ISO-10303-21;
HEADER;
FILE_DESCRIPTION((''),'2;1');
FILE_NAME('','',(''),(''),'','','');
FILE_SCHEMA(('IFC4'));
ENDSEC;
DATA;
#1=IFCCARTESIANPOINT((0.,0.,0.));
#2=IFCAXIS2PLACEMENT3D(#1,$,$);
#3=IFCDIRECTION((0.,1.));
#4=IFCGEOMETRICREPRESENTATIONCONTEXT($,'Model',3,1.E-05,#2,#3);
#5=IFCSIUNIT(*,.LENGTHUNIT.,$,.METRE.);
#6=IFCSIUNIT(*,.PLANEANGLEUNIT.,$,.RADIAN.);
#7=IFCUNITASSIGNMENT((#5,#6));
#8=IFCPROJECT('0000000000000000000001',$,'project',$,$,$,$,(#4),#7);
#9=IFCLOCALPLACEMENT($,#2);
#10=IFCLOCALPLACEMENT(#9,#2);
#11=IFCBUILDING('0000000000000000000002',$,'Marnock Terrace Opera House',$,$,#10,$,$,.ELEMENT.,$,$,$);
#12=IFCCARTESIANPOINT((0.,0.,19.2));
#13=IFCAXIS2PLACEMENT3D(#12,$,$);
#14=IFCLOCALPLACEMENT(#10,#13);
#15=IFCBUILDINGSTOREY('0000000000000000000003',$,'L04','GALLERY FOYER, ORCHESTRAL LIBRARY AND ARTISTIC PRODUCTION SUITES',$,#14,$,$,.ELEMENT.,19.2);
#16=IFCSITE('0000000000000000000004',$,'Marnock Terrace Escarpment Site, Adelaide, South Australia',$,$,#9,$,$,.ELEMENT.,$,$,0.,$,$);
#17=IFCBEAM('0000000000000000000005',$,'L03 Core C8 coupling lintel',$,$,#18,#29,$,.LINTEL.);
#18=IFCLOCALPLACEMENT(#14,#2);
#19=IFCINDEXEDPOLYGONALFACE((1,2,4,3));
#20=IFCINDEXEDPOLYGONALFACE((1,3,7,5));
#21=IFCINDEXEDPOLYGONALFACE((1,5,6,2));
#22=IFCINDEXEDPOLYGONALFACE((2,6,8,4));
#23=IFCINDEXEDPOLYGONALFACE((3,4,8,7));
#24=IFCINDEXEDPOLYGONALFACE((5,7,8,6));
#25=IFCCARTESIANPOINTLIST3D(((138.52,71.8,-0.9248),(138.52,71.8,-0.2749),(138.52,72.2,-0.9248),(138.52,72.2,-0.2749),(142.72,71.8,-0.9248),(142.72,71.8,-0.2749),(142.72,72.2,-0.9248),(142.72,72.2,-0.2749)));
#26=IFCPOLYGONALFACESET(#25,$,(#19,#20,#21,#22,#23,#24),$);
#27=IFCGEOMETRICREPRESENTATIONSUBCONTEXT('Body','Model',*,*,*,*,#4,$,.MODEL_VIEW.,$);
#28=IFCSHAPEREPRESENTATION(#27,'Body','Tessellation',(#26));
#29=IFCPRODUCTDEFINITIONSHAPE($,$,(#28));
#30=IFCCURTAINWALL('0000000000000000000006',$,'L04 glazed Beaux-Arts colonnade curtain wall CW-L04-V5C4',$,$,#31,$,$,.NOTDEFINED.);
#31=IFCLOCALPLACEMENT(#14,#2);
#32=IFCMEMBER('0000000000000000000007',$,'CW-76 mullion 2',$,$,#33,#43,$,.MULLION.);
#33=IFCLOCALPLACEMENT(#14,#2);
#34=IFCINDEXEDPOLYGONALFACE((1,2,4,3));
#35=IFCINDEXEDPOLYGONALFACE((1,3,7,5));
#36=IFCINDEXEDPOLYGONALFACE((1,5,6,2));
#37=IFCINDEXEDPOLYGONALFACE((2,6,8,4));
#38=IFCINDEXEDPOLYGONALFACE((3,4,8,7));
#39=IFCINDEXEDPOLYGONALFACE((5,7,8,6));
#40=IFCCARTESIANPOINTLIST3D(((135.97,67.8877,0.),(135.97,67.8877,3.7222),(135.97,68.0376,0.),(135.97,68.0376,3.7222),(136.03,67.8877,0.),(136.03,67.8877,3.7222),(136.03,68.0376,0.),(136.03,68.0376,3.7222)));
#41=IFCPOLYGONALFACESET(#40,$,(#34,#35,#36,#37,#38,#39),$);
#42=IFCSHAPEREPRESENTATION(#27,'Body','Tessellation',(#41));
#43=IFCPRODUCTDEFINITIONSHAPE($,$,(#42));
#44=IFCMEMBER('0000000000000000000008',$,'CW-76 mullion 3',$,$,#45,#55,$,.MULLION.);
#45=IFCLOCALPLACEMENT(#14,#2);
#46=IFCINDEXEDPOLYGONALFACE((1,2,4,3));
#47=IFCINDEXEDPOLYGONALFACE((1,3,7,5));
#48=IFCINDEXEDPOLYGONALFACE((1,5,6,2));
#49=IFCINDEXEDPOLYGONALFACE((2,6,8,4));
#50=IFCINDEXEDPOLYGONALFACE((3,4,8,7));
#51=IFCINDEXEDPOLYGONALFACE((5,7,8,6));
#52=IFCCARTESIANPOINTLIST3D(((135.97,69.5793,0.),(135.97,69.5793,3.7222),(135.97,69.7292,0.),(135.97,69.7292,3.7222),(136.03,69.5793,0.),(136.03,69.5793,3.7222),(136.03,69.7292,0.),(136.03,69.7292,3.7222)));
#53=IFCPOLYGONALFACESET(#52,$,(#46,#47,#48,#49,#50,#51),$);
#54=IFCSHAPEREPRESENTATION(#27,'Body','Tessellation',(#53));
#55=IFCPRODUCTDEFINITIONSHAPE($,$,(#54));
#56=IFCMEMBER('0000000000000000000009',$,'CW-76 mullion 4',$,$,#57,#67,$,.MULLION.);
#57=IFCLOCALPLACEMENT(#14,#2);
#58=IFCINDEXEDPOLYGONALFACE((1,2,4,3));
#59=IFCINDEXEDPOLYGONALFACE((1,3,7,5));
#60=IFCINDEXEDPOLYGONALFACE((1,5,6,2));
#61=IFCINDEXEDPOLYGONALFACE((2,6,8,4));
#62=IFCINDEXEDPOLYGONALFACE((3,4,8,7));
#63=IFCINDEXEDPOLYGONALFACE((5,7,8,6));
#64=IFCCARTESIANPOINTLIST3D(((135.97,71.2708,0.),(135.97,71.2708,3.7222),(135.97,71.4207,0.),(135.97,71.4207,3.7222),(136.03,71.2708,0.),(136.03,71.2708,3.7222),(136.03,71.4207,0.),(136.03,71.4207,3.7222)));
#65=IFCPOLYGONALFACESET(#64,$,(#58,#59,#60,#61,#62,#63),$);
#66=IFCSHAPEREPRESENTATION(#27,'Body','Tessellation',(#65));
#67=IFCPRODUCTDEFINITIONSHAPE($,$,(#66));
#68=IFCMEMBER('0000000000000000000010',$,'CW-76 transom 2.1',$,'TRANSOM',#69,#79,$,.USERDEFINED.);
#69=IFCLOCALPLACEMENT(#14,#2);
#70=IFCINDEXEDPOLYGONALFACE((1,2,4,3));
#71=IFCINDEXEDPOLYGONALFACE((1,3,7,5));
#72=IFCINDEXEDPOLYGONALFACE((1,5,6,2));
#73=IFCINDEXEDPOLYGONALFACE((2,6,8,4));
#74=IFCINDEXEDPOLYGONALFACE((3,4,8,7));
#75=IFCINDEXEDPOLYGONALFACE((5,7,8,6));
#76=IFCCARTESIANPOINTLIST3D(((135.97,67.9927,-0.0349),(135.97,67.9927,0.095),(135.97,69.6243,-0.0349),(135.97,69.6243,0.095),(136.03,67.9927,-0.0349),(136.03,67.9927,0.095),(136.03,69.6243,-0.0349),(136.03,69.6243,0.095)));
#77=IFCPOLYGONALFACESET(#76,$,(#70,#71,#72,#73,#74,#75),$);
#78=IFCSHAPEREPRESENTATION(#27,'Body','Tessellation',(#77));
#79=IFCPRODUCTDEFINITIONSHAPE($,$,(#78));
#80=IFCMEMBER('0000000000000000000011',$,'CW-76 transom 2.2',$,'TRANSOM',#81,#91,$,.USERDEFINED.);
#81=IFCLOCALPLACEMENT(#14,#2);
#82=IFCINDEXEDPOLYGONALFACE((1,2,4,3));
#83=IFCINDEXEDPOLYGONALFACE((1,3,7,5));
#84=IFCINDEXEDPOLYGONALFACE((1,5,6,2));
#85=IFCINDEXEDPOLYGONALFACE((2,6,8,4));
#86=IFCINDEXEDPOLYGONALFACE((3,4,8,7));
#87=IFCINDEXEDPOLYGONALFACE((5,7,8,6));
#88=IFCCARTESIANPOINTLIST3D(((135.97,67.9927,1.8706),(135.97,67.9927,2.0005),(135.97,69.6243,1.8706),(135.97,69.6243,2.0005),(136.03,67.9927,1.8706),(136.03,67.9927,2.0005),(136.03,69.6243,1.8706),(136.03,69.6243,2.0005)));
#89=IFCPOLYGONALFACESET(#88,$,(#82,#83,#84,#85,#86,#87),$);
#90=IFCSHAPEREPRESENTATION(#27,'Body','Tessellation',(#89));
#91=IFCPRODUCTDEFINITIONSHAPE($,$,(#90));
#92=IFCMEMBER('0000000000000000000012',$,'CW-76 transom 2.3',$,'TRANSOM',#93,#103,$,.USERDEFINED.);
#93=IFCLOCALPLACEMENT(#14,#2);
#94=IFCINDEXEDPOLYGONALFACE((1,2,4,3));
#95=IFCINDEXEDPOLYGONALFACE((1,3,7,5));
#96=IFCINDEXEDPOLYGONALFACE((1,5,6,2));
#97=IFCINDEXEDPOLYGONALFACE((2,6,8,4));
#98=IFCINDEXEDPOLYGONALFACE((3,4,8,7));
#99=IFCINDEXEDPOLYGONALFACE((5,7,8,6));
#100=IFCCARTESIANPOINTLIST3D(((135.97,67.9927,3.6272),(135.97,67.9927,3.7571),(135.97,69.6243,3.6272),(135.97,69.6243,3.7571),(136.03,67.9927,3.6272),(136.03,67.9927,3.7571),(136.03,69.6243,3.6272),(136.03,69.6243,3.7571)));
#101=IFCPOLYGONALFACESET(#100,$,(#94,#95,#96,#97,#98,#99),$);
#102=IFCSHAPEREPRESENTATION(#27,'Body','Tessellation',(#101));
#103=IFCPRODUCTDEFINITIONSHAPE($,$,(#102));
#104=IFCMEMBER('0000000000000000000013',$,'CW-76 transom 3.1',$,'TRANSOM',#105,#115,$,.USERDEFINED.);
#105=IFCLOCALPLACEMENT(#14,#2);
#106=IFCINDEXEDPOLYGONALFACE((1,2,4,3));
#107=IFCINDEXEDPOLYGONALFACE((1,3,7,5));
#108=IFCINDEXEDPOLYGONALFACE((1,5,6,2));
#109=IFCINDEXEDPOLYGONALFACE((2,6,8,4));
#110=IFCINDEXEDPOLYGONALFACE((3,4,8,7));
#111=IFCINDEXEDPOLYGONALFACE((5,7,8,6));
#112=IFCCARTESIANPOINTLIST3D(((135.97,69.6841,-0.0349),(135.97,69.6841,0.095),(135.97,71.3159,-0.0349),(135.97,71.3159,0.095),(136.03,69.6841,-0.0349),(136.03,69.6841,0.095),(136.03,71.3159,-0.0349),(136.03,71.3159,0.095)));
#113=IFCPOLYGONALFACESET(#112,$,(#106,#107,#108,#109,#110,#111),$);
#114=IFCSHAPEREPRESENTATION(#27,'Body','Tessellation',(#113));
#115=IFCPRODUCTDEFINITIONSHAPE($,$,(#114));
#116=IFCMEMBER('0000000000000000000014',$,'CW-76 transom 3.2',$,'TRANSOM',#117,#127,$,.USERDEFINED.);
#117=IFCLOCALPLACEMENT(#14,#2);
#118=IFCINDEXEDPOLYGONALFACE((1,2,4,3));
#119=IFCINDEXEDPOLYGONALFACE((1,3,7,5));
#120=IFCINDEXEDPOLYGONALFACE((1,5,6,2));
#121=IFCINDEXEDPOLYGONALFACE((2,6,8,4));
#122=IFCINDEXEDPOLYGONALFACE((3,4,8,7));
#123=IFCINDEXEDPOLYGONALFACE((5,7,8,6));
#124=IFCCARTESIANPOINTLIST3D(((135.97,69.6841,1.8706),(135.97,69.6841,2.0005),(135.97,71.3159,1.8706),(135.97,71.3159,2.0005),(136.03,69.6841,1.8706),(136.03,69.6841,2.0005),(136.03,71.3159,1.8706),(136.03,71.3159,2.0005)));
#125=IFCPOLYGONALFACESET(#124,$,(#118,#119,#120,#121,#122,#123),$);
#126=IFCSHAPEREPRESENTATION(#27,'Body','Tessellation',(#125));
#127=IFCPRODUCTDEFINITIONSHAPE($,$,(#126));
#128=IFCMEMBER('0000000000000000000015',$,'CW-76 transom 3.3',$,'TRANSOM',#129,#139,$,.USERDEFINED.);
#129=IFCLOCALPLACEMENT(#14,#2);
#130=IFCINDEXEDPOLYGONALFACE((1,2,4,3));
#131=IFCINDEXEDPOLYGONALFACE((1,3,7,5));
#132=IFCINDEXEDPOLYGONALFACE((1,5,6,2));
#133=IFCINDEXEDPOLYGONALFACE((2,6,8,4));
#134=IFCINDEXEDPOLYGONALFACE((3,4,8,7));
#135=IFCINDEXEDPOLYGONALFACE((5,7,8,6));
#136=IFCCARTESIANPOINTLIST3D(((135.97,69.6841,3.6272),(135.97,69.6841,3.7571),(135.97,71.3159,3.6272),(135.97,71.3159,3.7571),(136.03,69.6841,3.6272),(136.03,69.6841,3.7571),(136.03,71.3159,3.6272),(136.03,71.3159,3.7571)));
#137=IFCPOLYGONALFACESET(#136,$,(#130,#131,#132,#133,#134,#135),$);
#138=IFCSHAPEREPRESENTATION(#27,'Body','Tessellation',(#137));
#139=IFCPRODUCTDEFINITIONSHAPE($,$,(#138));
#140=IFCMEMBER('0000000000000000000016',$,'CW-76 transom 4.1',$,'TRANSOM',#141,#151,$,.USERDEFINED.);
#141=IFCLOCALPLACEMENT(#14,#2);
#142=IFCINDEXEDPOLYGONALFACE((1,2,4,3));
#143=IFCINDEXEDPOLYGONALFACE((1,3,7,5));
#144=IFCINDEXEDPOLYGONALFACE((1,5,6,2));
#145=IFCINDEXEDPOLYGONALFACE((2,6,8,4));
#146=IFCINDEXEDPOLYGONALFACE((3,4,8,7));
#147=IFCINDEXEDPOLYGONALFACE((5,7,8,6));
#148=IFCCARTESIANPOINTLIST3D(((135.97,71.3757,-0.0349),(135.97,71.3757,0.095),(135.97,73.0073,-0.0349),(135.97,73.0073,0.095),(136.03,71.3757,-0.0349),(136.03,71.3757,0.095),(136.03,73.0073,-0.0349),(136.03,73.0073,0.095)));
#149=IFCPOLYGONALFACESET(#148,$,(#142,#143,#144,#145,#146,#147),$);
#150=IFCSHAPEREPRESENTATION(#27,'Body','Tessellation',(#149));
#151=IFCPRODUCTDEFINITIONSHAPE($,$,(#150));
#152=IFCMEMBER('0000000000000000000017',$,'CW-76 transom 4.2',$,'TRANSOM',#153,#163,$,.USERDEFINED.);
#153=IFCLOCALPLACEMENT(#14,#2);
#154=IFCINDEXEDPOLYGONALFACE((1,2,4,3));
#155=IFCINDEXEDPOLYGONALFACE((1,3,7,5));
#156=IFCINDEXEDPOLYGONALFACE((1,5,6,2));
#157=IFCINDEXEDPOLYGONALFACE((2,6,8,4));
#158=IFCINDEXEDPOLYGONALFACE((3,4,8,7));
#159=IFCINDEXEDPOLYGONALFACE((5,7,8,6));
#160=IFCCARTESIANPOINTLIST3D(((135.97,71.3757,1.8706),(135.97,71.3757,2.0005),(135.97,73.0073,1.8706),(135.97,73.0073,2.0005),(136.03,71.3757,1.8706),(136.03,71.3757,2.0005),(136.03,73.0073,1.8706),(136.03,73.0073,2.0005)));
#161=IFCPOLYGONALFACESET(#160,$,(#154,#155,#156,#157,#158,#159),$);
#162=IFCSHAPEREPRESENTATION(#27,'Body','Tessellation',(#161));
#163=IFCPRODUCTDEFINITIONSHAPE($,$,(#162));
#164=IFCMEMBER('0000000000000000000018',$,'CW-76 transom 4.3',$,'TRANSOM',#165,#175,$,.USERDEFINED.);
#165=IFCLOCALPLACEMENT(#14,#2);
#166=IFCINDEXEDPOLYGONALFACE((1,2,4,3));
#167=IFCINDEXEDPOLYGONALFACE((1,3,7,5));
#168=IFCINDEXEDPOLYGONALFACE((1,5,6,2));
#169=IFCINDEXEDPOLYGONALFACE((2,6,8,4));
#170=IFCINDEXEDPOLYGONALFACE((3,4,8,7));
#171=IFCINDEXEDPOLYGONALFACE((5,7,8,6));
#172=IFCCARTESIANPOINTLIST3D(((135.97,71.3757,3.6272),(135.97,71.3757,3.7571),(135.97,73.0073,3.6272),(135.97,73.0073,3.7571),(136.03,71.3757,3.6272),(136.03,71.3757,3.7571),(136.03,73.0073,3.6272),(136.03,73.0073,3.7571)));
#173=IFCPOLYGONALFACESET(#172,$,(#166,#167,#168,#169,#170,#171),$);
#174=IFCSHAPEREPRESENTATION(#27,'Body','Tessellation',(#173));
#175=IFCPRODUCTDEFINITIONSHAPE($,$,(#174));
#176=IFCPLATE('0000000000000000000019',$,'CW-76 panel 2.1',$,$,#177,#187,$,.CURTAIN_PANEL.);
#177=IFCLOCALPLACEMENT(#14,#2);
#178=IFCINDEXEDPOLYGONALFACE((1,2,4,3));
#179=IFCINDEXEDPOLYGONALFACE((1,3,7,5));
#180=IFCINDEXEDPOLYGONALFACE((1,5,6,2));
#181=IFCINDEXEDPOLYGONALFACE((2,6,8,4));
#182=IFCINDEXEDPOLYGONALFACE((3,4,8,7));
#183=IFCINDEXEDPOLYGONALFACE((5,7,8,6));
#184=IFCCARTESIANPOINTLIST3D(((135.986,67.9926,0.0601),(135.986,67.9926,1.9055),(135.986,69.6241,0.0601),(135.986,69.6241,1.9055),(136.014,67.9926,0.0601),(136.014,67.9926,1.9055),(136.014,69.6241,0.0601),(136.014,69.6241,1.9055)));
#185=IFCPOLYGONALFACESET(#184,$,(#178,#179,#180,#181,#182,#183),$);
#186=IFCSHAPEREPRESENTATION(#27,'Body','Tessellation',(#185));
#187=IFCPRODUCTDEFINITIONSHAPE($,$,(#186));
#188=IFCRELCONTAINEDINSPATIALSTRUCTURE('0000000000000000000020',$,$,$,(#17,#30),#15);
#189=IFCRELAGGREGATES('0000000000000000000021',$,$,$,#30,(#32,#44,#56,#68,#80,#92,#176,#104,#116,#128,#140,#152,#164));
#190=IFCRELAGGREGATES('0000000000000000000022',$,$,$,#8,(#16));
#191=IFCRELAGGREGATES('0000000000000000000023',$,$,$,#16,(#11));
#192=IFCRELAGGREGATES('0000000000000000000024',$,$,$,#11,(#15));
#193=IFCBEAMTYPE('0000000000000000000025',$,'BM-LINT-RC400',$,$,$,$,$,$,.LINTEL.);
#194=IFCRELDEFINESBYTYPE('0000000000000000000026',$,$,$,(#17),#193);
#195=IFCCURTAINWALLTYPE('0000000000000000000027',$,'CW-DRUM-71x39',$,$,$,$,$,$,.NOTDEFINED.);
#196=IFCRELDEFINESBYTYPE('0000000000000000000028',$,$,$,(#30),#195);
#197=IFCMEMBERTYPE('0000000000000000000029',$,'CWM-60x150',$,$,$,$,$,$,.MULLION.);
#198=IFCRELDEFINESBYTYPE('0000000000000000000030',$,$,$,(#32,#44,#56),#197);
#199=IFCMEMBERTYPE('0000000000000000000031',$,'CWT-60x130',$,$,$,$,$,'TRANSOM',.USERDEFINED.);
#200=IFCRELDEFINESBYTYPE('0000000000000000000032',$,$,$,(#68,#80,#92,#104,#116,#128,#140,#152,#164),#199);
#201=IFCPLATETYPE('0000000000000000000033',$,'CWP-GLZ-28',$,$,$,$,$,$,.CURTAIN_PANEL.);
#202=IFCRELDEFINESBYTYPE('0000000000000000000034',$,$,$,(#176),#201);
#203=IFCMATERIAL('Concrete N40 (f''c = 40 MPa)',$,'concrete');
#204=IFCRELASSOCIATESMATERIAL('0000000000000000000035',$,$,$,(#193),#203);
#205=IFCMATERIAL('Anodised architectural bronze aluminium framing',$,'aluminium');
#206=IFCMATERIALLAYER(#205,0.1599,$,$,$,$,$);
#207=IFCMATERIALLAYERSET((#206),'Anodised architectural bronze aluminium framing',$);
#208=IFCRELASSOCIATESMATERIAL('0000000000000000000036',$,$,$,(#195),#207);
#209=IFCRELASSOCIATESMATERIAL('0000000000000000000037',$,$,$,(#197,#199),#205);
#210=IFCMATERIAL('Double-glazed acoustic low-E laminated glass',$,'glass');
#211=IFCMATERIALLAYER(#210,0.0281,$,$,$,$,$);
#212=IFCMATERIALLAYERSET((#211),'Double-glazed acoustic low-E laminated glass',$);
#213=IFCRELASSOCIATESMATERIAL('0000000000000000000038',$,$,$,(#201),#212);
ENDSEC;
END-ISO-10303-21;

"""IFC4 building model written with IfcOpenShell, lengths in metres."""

from ifc_helpers import new_model, si_unit, direction, frame, origin, origin_2d, place, context, subcontext, project, spatial, rectangle, extrude, material, layer, layer_set, material_profile, profile_set, type_object, element, aggregate, save


model = new_model("IFC4")

# Units and contexts
model_context = context("Model", 3, precision=1e-05, world=origin(), true_north=direction((0.0, 1.0)))
body_context = subcontext(model_context, "Body", "Model", "MODEL_VIEW")
ifc_project = project(units=[si_unit("LENGTHUNIT", "METRE"), si_unit("PLANEANGLEUNIT", "RADIAN")], contexts=[model_context])

# Site, building, storey
site_placement = place(None, origin())
site = spatial("IfcSite", under=ifc_project, at=site_placement, Name="Marnock Terrace Escarpment Site, Adelaide, South Australia", CompositionType="ELEMENT", RefElevation=0.0)
building_placement = place(site_placement, origin())
building = spatial("IfcBuilding", under=site, at=building_placement, Name="Marnock Terrace Opera House", CompositionType="ELEMENT")
storey_placement = place(building_placement, frame((0.0, 0.0, 19.2)))
storey = spatial("IfcBuildingStorey", under=building, at=storey_placement, Name="L04", Description="GALLERY FOYER, ORCHESTRAL LIBRARY AND ARTISTIC PRODUCTION SUITES", CompositionType="ELEMENT", Elevation=19.2)

# Beam
ifc_material_1 = material(Name="Concrete N40 (f'c = 40 MPa)", Category="concrete")
ifc_material_profile_1 = material_profile(ifc_material_1, rectangle(XDim=0.3999, YDim=0.6499, at=origin_2d()))
ifc_profile_set_1 = profile_set([ifc_material_profile_1], Name="Concrete N40 (f'c = 40 MPa)")
beam_type = type_object("IfcBeamType", Name="BM-LINT-RC400", PredefinedType="LINTEL", material=ifc_profile_set_1)
beam_placement = place(storey_placement, frame((138.52, 72.0, -0.5999), z_axis=(1.0, 0.0, 0.0), x_axis=(0.0, 1.0, 0.0)))
element("IfcBeam", 1, at=beam_placement, inside=storey, type_object=beam_type, Name="L03 Core C8 coupling lintel", PredefinedType="LINTEL", context=body_context, shape_type="SweptSolid", body=[
    extrude(rectangle(XDim=0.3999, YDim=0.6499, at=origin_2d()), origin(), (0.0, 0.0, 1.0), 4.2),
])

# Curtain wall, members, plate
ifc_material_2 = material(Name="Anodised architectural bronze aluminium framing", Category="aluminium")
ifc_layer_1 = layer(ifc_material_2, 0.1599)
ifc_layer_set_1 = layer_set([ifc_layer_1], Name="Anodised architectural bronze aluminium framing")
curtain_wall_type = type_object("IfcCurtainWallType", Name="CW-DRUM-71x39", PredefinedType="NOTDEFINED", material=ifc_layer_set_1)
curtain_wall_placement = place(storey_placement, origin())
curtain_wall = element("IfcCurtainWall", 2, at=curtain_wall_placement, inside=storey, type_object=curtain_wall_type, Name="L04 glazed Beaux-Arts colonnade curtain wall CW-L04-V5C4", PredefinedType="NOTDEFINED")
ifc_material_profile_2 = material_profile(ifc_material_2, rectangle(XDim=0.0601, YDim=0.1499, at=origin_2d()))
ifc_profile_set_2 = profile_set([ifc_material_profile_2], Name="Anodised architectural bronze aluminium framing")
member_type_1 = type_object("IfcMemberType", Name="CWM-60x150", PredefinedType="MULLION", material=ifc_profile_set_2)
member_1_placement = place(storey_placement, frame((136.0, 67.9626, 0.0), z_axis=(0.0, 0.0, 1.0), x_axis=(-1.0, 0.0, 0.0)))
member_1 = element("IfcMember", 3, at=member_1_placement, type_object=member_type_1, Name="CW-76 mullion 2", PredefinedType="MULLION", context=body_context, shape_type="SweptSolid", body=[
    extrude(rectangle(XDim=0.0601, YDim=0.1499, at=origin_2d()), origin(), (0.0, 0.0, 1.0), 3.7222),
])
member_2_placement = place(storey_placement, frame((136.0, 69.6543, 0.0), z_axis=(0.0, 0.0, 1.0), x_axis=(-1.0, 0.0, 0.0)))
member_2 = element("IfcMember", 4, at=member_2_placement, type_object=member_type_1, Name="CW-76 mullion 3", PredefinedType="MULLION", context=body_context, shape_type="SweptSolid", body=[
    extrude(rectangle(XDim=0.0601, YDim=0.1499, at=origin_2d()), origin(), (0.0, 0.0, 1.0), 3.7222),
])
member_3_placement = place(storey_placement, frame((136.0, 71.3457, 0.0), z_axis=(0.0, 0.0, 1.0), x_axis=(-1.0, 0.0, 0.0)))
member_3 = element("IfcMember", 5, at=member_3_placement, type_object=member_type_1, Name="CW-76 mullion 4", PredefinedType="MULLION", context=body_context, shape_type="SweptSolid", body=[
    extrude(rectangle(XDim=0.0601, YDim=0.1499, at=origin_2d()), origin(), (0.0, 0.0, 1.0), 3.7222),
])
ifc_material_profile_3 = material_profile(ifc_material_2, rectangle(XDim=0.0601, YDim=0.1299, at=origin_2d()))
ifc_profile_set_3 = profile_set([ifc_material_profile_3], Name="Anodised architectural bronze aluminium framing")
member_type_2 = type_object("IfcMemberType", Name="CWT-60x130", ElementType="TRANSOM", PredefinedType="USERDEFINED", material=ifc_profile_set_3)
member_4_placement = place(storey_placement, frame((136.0, 67.9927, 0.03), z_axis=(0.0, 1.0, 0.0), x_axis=(-1.0, 0.0, 0.0)))
member_4 = element("IfcMember", 6, at=member_4_placement, type_object=member_type_2, Name="CW-76 transom 2.1", ObjectType="TRANSOM", PredefinedType="USERDEFINED", context=body_context, shape_type="SweptSolid", body=[
    extrude(rectangle(XDim=0.0601, YDim=0.1299, at=origin_2d()), origin(), (0.0, 0.0, 1.0), 1.6316),
])
member_5_placement = place(storey_placement, frame((136.0, 67.9927, 1.9355), z_axis=(0.0, 1.0, 0.0), x_axis=(-1.0, 0.0, 0.0)))
member_5 = element("IfcMember", 7, at=member_5_placement, type_object=member_type_2, Name="CW-76 transom 2.2", ObjectType="TRANSOM", PredefinedType="USERDEFINED", context=body_context, shape_type="SweptSolid", body=[
    extrude(rectangle(XDim=0.0601, YDim=0.1299, at=origin_2d()), origin(), (0.0, 0.0, 1.0), 1.6316),
])
member_6_placement = place(storey_placement, frame((136.0, 67.9927, 3.6921), z_axis=(0.0, 1.0, 0.0), x_axis=(-1.0, 0.0, 0.0)))
member_6 = element("IfcMember", 8, at=member_6_placement, type_object=member_type_2, Name="CW-76 transom 2.3", ObjectType="TRANSOM", PredefinedType="USERDEFINED", context=body_context, shape_type="SweptSolid", body=[
    extrude(rectangle(XDim=0.0601, YDim=0.1299, at=origin_2d()), origin(), (0.0, 0.0, 1.0), 1.6316),
])
member_7_placement = place(storey_placement, frame((136.0, 69.6841, 0.03), z_axis=(0.0, 1.0, 0.0), x_axis=(-1.0, 0.0, 0.0)))
member_7 = element("IfcMember", 9, at=member_7_placement, type_object=member_type_2, Name="CW-76 transom 3.1", ObjectType="TRANSOM", PredefinedType="USERDEFINED", context=body_context, shape_type="SweptSolid", body=[
    extrude(rectangle(XDim=0.0601, YDim=0.1299, at=origin_2d()), origin(), (0.0, 0.0, 1.0), 1.6318),
])
member_8_placement = place(storey_placement, frame((136.0, 69.6841, 1.9355), z_axis=(0.0, 1.0, 0.0), x_axis=(-1.0, 0.0, 0.0)))
member_8 = element("IfcMember", 10, at=member_8_placement, type_object=member_type_2, Name="CW-76 transom 3.2", ObjectType="TRANSOM", PredefinedType="USERDEFINED", context=body_context, shape_type="SweptSolid", body=[
    extrude(rectangle(XDim=0.0601, YDim=0.1299, at=origin_2d()), origin(), (0.0, 0.0, 1.0), 1.6318),
])
member_9_placement = place(storey_placement, frame((136.0, 69.6841, 3.6921), z_axis=(0.0, 1.0, 0.0), x_axis=(-1.0, 0.0, 0.0)))
member_9 = element("IfcMember", 11, at=member_9_placement, type_object=member_type_2, Name="CW-76 transom 3.3", ObjectType="TRANSOM", PredefinedType="USERDEFINED", context=body_context, shape_type="SweptSolid", body=[
    extrude(rectangle(XDim=0.0601, YDim=0.1299, at=origin_2d()), origin(), (0.0, 0.0, 1.0), 1.6318),
])
member_10_placement = place(storey_placement, frame((136.0, 71.3757, 0.03), z_axis=(0.0, 1.0, 0.0), x_axis=(-1.0, 0.0, 0.0)))
member_10 = element("IfcMember", 12, at=member_10_placement, type_object=member_type_2, Name="CW-76 transom 4.1", ObjectType="TRANSOM", PredefinedType="USERDEFINED", context=body_context, shape_type="SweptSolid", body=[
    extrude(rectangle(XDim=0.0601, YDim=0.1299, at=origin_2d()), origin(), (0.0, 0.0, 1.0), 1.6316),
])
member_11_placement = place(storey_placement, frame((136.0, 71.3757, 1.9355), z_axis=(0.0, 1.0, 0.0), x_axis=(-1.0, 0.0, 0.0)))
member_11 = element("IfcMember", 13, at=member_11_placement, type_object=member_type_2, Name="CW-76 transom 4.2", ObjectType="TRANSOM", PredefinedType="USERDEFINED", context=body_context, shape_type="SweptSolid", body=[
    extrude(rectangle(XDim=0.0601, YDim=0.1299, at=origin_2d()), origin(), (0.0, 0.0, 1.0), 1.6316),
])
member_12_placement = place(storey_placement, frame((136.0, 71.3757, 3.6921), z_axis=(0.0, 1.0, 0.0), x_axis=(-1.0, 0.0, 0.0)))
member_12 = element("IfcMember", 14, at=member_12_placement, type_object=member_type_2, Name="CW-76 transom 4.3", ObjectType="TRANSOM", PredefinedType="USERDEFINED", context=body_context, shape_type="SweptSolid", body=[
    extrude(rectangle(XDim=0.0601, YDim=0.1299, at=origin_2d()), origin(), (0.0, 0.0, 1.0), 1.6316),
])
ifc_material_3 = material(Name="Double-glazed acoustic low-E laminated glass", Category="glass")
ifc_layer_2 = layer(ifc_material_3, 0.0281)
ifc_layer_set_2 = layer_set([ifc_layer_2], Name="Double-glazed acoustic low-E laminated glass")
plate_type = type_object("IfcPlateType", Name="CWP-GLZ-28", PredefinedType="CURTAIN_PANEL", material=ifc_layer_set_2)
plate_1_placement = place(storey_placement, frame((136.0, 68.8083, 0.0601), z_axis=(0.0, 0.0, 1.0), x_axis=(0.0, 1.0, 0.0)))
plate_1 = element("IfcPlate", 15, at=plate_1_placement, type_object=plate_type, Name="CW-76 panel 2.1", PredefinedType="CURTAIN_PANEL", context=body_context, shape_type="SweptSolid", body=[
    extrude(rectangle(XDim=1.6316, YDim=0.0281, at=origin_2d()), origin(), (0.0, 0.0, 1.0), 1.8455),
])
aggregate(curtain_wall, [member_1, member_2, member_3, member_4, member_5, member_6, plate_1, member_7, member_8, member_9, member_10, member_11, member_12])

save(model, "model.ifc")
